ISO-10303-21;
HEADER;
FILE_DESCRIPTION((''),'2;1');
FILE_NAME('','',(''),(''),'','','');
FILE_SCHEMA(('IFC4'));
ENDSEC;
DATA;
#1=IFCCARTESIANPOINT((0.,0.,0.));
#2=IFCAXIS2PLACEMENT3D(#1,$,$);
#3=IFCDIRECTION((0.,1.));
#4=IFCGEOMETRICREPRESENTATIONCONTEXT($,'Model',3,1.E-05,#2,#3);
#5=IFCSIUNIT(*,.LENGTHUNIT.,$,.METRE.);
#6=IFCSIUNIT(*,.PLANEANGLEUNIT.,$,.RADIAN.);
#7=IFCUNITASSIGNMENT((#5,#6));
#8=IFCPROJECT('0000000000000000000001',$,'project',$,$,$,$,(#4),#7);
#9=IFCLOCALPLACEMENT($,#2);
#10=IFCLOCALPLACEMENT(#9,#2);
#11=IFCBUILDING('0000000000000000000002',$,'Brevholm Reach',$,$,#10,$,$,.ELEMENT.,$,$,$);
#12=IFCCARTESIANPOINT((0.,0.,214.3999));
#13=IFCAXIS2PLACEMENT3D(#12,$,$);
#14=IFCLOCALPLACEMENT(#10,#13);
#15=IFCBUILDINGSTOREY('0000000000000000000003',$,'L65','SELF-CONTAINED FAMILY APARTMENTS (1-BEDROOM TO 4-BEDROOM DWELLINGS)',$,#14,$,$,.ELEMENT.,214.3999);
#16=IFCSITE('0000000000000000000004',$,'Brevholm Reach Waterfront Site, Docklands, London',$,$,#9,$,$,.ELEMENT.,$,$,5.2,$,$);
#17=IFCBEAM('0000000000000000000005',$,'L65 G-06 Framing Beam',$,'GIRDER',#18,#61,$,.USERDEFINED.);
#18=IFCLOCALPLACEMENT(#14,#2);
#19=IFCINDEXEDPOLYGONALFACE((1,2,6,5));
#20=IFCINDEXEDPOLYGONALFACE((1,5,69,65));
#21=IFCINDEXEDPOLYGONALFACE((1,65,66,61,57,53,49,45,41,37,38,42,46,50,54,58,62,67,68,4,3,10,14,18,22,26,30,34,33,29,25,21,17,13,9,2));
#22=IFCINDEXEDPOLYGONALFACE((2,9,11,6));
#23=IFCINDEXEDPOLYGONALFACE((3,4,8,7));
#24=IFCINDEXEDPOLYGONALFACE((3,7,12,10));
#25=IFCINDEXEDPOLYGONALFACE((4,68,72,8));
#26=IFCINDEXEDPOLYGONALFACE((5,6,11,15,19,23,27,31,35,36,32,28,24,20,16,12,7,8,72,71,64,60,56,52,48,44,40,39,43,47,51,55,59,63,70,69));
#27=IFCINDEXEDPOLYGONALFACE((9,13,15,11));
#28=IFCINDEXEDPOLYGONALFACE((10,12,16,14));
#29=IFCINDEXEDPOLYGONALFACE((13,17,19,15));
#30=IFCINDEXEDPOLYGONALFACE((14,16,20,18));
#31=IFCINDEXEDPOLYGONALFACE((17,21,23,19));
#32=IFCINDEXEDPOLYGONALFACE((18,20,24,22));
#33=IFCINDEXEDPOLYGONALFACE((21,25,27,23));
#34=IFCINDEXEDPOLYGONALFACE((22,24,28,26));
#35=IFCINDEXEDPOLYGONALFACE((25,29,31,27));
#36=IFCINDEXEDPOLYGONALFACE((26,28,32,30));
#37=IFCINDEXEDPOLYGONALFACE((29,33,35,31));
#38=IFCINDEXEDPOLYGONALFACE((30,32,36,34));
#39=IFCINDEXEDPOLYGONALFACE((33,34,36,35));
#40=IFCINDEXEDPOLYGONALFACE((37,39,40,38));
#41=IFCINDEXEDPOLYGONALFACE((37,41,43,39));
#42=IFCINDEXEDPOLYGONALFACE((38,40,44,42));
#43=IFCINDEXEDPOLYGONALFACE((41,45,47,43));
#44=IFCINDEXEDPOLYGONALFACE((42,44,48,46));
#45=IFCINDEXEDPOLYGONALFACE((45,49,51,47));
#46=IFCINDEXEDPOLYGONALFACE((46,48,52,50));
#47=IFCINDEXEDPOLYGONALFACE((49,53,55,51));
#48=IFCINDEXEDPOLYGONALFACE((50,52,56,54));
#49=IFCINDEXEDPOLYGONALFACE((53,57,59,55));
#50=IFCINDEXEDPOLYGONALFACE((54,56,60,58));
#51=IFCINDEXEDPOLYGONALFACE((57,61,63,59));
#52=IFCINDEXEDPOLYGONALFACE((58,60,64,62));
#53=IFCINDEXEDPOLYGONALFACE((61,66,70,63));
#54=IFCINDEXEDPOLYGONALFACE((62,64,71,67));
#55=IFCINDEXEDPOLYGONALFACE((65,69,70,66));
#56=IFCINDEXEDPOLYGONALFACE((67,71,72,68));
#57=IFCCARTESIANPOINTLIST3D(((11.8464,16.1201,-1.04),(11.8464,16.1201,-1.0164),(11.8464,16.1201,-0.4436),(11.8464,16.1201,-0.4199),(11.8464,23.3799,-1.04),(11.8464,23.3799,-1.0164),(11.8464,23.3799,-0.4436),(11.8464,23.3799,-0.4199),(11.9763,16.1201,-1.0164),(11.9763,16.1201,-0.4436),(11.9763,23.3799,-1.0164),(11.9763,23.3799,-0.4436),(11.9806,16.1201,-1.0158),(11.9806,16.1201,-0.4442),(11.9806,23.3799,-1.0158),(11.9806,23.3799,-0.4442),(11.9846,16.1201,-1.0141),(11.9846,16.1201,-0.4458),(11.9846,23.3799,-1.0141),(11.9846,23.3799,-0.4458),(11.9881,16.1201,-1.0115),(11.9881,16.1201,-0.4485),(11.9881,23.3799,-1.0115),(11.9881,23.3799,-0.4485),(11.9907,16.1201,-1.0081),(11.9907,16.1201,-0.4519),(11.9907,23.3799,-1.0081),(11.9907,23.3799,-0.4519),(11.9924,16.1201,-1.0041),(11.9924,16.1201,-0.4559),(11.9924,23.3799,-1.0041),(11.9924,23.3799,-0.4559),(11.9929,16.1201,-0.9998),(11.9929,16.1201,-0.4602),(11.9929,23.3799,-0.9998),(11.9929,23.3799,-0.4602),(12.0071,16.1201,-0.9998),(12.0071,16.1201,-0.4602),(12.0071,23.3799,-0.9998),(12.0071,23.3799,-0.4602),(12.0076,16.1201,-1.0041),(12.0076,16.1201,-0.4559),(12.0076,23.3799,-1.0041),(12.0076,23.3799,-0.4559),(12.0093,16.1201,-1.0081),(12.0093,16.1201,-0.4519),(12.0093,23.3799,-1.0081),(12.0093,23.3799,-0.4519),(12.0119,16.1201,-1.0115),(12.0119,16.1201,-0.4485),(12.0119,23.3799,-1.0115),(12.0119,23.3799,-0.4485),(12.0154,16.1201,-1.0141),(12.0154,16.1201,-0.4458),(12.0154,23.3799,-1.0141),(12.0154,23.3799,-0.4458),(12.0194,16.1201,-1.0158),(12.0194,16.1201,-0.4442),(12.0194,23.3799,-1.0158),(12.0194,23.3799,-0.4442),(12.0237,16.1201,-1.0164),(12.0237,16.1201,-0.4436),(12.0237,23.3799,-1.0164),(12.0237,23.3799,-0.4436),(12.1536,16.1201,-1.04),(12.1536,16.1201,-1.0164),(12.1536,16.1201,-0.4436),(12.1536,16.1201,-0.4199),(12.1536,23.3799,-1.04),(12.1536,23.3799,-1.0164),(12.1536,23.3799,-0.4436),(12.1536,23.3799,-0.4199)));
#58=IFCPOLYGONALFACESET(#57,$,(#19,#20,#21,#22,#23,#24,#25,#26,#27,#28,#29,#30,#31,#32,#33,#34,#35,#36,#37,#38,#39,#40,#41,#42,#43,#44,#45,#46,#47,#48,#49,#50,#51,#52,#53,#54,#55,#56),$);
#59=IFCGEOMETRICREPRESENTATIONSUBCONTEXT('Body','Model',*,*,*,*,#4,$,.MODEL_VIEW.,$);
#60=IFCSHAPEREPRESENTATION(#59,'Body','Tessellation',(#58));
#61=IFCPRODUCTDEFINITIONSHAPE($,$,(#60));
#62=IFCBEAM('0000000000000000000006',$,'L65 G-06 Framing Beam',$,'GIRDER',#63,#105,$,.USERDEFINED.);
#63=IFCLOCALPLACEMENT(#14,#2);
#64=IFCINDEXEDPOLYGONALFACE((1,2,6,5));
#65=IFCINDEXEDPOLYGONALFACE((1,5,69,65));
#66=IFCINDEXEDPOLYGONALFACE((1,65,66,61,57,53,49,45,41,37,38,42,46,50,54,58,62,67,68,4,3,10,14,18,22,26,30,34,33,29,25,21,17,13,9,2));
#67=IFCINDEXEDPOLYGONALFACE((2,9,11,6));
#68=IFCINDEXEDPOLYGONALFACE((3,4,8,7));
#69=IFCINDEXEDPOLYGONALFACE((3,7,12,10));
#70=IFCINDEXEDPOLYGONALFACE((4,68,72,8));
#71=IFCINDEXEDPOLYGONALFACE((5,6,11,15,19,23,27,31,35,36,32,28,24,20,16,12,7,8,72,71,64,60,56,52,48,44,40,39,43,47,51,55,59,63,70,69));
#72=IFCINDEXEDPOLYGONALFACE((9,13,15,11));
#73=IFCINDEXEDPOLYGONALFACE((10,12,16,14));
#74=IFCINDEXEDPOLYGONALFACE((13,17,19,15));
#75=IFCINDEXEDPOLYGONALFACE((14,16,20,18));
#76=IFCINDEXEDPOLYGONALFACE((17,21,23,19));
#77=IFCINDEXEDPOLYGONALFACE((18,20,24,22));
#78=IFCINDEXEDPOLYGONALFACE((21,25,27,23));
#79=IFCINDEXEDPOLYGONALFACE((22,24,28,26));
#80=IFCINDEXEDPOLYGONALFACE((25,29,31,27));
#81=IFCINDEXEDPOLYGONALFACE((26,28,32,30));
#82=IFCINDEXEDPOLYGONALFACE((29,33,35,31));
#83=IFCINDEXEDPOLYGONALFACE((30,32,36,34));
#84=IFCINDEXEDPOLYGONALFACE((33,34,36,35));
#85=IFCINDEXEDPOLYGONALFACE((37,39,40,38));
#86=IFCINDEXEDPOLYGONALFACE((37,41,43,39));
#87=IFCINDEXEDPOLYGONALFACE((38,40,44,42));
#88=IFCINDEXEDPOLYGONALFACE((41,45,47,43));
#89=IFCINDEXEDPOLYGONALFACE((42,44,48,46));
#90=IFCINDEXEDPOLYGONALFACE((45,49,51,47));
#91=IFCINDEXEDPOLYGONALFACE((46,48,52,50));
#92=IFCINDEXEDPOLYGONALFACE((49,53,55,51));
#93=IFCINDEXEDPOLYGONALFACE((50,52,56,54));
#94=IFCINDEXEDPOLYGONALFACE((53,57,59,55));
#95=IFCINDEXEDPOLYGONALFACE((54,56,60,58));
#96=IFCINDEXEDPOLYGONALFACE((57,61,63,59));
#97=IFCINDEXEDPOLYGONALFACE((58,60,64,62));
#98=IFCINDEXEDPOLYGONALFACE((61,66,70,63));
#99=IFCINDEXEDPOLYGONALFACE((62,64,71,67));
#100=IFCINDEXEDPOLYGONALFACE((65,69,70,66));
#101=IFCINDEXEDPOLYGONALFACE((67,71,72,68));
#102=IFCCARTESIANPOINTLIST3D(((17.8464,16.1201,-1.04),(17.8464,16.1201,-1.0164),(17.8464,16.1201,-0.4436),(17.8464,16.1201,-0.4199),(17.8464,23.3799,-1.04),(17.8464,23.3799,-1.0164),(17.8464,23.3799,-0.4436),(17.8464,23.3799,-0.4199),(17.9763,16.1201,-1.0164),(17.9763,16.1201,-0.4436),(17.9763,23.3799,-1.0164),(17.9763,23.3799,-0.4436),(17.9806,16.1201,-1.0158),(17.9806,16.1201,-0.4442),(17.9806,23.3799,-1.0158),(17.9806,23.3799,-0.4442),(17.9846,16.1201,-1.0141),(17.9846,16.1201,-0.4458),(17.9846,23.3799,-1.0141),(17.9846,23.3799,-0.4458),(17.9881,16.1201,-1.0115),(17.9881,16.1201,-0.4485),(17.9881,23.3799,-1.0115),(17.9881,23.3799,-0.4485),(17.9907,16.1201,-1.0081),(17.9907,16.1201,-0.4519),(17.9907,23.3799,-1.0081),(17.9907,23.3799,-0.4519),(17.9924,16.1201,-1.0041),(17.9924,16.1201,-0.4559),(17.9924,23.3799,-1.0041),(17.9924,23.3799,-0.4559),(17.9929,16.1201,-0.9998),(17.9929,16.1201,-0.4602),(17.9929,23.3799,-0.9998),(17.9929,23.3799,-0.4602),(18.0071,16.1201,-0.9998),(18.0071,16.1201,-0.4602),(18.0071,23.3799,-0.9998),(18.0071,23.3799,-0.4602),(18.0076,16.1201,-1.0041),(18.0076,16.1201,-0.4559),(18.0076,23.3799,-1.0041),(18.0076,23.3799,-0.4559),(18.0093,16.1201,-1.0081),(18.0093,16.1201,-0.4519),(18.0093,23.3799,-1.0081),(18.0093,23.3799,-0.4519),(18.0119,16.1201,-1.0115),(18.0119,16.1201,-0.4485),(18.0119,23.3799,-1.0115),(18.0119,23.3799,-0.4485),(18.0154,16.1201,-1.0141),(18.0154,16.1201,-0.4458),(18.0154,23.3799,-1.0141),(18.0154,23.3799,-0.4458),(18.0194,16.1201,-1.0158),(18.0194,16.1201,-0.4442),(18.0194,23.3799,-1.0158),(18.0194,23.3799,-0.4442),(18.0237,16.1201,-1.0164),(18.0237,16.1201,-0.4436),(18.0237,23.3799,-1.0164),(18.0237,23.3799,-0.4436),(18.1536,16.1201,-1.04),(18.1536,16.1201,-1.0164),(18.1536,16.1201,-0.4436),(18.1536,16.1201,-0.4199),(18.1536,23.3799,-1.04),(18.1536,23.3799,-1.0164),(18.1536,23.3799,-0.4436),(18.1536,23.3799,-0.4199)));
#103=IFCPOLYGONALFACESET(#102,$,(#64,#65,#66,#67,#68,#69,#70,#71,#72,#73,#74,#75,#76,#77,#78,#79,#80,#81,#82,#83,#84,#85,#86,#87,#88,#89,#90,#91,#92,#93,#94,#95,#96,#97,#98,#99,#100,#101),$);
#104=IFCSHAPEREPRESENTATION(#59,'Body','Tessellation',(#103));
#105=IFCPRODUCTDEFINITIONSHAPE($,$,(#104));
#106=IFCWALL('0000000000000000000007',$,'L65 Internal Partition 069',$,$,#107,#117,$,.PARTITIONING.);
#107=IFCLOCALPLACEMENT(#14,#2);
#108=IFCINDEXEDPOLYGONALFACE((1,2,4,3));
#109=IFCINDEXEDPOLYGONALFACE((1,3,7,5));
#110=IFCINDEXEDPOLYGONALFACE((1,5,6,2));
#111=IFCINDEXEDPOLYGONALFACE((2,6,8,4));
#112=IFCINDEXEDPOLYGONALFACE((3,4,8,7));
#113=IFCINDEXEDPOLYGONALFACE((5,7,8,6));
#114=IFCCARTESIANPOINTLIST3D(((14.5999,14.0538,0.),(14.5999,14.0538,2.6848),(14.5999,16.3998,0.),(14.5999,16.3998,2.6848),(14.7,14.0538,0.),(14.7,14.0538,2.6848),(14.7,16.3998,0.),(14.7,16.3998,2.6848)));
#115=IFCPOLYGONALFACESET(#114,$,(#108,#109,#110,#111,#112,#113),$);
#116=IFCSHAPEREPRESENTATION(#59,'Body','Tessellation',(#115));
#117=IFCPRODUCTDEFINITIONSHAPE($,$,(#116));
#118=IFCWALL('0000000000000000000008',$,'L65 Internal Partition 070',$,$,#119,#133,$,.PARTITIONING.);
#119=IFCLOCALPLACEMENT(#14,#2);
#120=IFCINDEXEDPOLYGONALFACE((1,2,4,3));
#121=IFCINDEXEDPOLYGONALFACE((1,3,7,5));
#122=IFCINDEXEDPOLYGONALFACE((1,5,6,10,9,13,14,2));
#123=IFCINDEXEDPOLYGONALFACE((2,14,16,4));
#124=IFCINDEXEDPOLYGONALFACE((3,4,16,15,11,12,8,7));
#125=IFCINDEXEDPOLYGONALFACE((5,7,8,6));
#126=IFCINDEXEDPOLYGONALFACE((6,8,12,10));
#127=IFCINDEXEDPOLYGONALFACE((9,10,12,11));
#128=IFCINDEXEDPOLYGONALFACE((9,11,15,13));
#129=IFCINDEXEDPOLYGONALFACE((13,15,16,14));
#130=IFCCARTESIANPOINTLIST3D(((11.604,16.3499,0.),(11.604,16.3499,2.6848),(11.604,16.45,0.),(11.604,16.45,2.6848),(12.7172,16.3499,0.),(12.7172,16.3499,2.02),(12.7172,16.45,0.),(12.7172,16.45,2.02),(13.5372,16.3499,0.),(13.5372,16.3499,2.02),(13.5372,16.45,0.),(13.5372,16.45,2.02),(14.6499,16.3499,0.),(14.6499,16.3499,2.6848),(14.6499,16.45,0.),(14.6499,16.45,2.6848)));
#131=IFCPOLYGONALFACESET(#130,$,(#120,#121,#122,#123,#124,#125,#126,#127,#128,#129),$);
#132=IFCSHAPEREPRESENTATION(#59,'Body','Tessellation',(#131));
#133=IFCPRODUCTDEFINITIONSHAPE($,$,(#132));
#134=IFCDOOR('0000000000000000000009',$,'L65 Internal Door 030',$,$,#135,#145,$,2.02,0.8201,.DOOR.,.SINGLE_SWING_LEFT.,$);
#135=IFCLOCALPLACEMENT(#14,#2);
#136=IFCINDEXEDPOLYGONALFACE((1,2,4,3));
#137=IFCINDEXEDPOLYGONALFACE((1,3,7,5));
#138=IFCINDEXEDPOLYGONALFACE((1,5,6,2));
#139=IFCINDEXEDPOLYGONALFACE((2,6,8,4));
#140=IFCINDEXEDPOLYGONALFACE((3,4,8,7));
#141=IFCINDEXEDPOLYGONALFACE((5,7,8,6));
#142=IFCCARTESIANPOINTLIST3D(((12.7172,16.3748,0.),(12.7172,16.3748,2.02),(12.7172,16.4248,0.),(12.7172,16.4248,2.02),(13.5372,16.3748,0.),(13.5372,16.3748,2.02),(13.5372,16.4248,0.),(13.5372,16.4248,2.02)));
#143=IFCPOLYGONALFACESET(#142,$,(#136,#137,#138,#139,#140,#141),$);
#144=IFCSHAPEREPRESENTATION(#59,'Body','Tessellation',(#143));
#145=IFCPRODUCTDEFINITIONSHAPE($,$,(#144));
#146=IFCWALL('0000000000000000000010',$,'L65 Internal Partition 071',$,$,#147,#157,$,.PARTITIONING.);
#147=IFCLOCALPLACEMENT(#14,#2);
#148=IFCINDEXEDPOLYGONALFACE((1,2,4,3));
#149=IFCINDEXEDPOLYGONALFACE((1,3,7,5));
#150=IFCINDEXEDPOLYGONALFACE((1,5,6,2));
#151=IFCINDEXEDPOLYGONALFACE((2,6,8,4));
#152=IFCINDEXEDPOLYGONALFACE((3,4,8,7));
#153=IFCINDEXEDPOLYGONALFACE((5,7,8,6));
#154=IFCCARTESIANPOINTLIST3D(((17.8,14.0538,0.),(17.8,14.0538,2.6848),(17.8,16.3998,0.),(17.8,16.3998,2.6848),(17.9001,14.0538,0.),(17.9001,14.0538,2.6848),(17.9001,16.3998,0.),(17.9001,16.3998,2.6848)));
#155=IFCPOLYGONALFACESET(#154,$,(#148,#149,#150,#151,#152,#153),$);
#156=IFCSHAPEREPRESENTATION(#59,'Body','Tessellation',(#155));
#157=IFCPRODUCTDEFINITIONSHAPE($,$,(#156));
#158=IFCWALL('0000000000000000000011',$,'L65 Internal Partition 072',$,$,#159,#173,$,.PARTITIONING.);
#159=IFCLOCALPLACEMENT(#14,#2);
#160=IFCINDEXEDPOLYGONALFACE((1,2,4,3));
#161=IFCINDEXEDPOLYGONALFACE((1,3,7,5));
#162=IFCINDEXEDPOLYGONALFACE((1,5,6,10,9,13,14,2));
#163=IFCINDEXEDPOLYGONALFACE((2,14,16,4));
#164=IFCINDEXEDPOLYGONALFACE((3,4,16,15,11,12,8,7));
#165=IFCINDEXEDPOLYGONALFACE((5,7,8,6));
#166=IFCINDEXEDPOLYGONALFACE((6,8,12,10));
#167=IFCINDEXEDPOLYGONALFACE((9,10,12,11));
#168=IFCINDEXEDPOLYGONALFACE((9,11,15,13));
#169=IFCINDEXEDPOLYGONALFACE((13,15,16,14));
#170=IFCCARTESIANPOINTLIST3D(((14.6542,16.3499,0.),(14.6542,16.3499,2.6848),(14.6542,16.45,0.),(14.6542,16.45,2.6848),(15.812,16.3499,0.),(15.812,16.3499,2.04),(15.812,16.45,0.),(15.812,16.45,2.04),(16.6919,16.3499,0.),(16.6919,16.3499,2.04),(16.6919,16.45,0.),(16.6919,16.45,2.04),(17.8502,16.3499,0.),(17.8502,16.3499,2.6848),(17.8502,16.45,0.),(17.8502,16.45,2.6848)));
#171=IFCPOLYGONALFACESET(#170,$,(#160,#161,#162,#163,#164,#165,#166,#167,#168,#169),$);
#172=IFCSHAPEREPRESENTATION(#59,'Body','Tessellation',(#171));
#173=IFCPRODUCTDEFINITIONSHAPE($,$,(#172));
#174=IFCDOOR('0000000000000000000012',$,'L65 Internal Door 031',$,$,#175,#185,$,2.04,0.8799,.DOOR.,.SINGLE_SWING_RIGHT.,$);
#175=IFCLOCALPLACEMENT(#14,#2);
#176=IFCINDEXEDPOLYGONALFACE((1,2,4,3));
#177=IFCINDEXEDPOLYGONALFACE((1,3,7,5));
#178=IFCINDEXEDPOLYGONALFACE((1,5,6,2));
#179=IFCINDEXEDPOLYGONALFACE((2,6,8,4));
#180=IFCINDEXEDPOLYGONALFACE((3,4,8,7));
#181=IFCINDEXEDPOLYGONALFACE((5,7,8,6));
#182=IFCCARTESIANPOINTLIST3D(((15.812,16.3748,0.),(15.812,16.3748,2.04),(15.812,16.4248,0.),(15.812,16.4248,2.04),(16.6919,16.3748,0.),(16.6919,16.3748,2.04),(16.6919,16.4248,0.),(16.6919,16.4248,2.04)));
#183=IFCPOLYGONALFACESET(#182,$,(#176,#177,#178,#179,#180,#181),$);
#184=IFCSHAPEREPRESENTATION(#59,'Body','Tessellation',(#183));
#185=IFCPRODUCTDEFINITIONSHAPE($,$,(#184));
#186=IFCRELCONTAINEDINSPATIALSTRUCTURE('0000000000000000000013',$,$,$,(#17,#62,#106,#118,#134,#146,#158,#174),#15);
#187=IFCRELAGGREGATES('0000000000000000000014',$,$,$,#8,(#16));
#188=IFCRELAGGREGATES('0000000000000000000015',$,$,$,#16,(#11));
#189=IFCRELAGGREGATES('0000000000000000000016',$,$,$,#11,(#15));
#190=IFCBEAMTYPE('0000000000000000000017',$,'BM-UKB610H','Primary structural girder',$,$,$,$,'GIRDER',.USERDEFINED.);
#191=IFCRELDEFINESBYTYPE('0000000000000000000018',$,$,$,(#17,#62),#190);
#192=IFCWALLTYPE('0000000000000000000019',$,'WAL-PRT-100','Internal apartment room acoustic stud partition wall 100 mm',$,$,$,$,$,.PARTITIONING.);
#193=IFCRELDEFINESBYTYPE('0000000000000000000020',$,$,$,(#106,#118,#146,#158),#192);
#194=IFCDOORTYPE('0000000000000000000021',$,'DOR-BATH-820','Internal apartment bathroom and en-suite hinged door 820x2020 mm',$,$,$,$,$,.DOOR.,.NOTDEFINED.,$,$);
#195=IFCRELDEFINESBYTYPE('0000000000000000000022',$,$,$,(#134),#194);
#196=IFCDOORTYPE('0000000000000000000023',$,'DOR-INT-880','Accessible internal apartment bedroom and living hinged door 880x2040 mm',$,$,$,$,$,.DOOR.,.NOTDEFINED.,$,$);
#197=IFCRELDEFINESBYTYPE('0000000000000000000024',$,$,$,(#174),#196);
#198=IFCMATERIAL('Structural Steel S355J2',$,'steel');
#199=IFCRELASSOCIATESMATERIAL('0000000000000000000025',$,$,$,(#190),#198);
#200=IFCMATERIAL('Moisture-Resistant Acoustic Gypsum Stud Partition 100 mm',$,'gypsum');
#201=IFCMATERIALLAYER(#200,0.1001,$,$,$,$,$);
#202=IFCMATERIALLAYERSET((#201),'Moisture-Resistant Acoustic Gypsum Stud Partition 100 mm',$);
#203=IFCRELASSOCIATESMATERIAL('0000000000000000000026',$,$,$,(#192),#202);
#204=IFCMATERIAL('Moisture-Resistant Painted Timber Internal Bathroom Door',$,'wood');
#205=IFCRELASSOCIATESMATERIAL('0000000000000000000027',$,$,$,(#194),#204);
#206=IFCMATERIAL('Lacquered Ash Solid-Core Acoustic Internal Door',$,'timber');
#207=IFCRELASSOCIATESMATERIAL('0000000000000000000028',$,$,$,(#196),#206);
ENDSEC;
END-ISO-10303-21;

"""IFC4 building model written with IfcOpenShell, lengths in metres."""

from ifc_helpers import new_model, si_unit, direction, frame, frame_2d, origin, origin_2d, place, context, subcontext, project, spatial, rectangle, i_section, extrude, material, layer, layer_set, material_profile, profile_set, type_object, element, fill, save


model = new_model("IFC4")

# Units and contexts
model_context = context("Model", 3, precision=1e-05, world=origin(), true_north=direction((0.0, 1.0)))
body_context = subcontext(model_context, "Body", "Model", "MODEL_VIEW")
ifc_project = project(units=[si_unit("LENGTHUNIT", "METRE"), si_unit("PLANEANGLEUNIT", "RADIAN")], contexts=[model_context])

# Site, building, storey
site_placement = place(None, origin())
site = spatial("IfcSite", under=ifc_project, at=site_placement, Name="Brevholm Reach Waterfront Site, Docklands, London", CompositionType="ELEMENT", RefElevation=5.2)
building_placement = place(site_placement, origin())
building = spatial("IfcBuilding", under=site, at=building_placement, Name="Brevholm Reach", CompositionType="ELEMENT")
storey_placement = place(building_placement, frame((0.0, 0.0, 214.3999)))
storey = spatial("IfcBuildingStorey", under=building, at=storey_placement, Name="L65", Description="SELF-CONTAINED FAMILY APARTMENTS (1-BEDROOM TO 4-BEDROOM DWELLINGS)", CompositionType="ELEMENT", Elevation=214.3999)

# Beams
ifc_material_1 = material(Name="Structural Steel S355J2", Category="steel")
ifc_material_profile_1 = material_profile(ifc_material_1, i_section(OverallWidth=0.3071, OverallDepth=0.6201, WebThickness=0.0142, FlangeThickness=0.0237, FilletRadius=0.0166, at=origin_2d()), Name="UKB 610x305x179")
ifc_profile_set_1 = profile_set([ifc_material_profile_1], Name="Structural Steel S355J2")
beam_type_1 = type_object("IfcBeamType", Name="BM-UKB610H", Description="Primary structural girder", ElementType="GIRDER", PredefinedType="USERDEFINED", material=ifc_profile_set_1)
for number, where, z_axis, x_axis, name in (
    (1, (12.0, 16.1201, -0.73), (0.0, 1.0, 0.0), (-1.0, 0.0, 0.0), "L65 G-06 Framing Beam"),
    (2, (18.0, 16.1201, -0.73), (0.0, 1.0, 0.0), (-1.0, 0.0, 0.0), "L65 G-06 Framing Beam"),
):
    element("IfcBeam", number, at=place(storey_placement, frame(where, z_axis=z_axis, x_axis=x_axis)), inside=storey, type_object=beam_type_1, Name=name, ObjectType="GIRDER", PredefinedType="USERDEFINED", context=body_context, shape_type="SweptSolid", body=[
        extrude(i_section(OverallWidth=0.3071, OverallDepth=0.6201, WebThickness=0.0142, FlangeThickness=0.0237, FilletRadius=0.0166, at=origin_2d()), origin(), (0.0, 0.0, 1.0), 7.2598),
    ])

# Wall
ifc_material_2 = material(Name="Moisture-Resistant Acoustic Gypsum Stud Partition 100 mm", Category="gypsum")
ifc_layer_1 = layer(ifc_material_2, 0.1001)
ifc_layer_set_1 = layer_set([ifc_layer_1], Name="Moisture-Resistant Acoustic Gypsum Stud Partition 100 mm")
wall_type_1 = type_object("IfcWallType", Name="WAL-PRT-100", Description="Internal apartment room acoustic stud partition wall 100 mm", PredefinedType="PARTITIONING", material=ifc_layer_set_1)
wall_1_placement = place(storey_placement, frame((14.6499, 14.054, 0.0), z_axis=(0.0, 0.0, 1.0), x_axis=(0.0, 1.0, 0.0)))
element("IfcWall", 3, at=wall_1_placement, inside=storey, type_object=wall_type_1, Name="L65 Internal Partition 069", PredefinedType="PARTITIONING", context=body_context, shape_type="SweptSolid", body=[
    extrude(rectangle(XDim=2.3459, YDim=0.1001, at=frame_2d((1.1729, 0.0))), origin(), (0.0, 0.0, 1.0), 2.6848),
])

# Wall, opening, door
wall_2_placement = place(storey_placement, frame((11.604, 16.3999, 0.0), z_axis=(0.0, 0.0, 1.0), x_axis=(1.0, 0.0, 0.0)))
wall_2 = element("IfcWall", 4, at=wall_2_placement, inside=storey, type_object=wall_type_1, Name="L65 Internal Partition 070", PredefinedType="PARTITIONING", context=body_context, shape_type="SweptSolid", body=[
    extrude(rectangle(XDim=3.0459, YDim=0.1001, at=frame_2d((1.5229, 0.0))), origin(), (0.0, 0.0, 1.0), 2.6848),
])
opening_1_placement = place(wall_2_placement, frame((1.113, 0.0, 0.0)))
opening_1 = element("IfcOpeningElement", 5, at=opening_1_placement, cuts=wall_2, PredefinedType="OPENING", context=body_context, shape_type="SweptSolid", body=[
    extrude(rectangle(XDim=0.8201, YDim=2.02, at=frame_2d((0.4102, 1.01))), frame((0.0, 0.0601, 0.0), z_axis=(0.0, -1.0, 0.0), x_axis=(1.0, 0.0, 0.0)), (0.0, 0.0, 1.0), 0.1201),
])
ifc_material_3 = material(Name="Moisture-Resistant Painted Timber Internal Bathroom Door", Category="wood")
door_type_1 = type_object("IfcDoorType", Name="DOR-BATH-820", Description="Internal apartment bathroom and en-suite hinged door 820x2020 mm", OperationType="NOTDEFINED", PredefinedType="DOOR", material=ifc_material_3)
door_1_placement = place(opening_1_placement, origin())
door_1 = element("IfcDoor", 6, at=door_1_placement, inside=storey, type_object=door_type_1, Name="L65 Internal Door 030", OperationType="SINGLE_SWING_LEFT", OverallHeight=2.02, OverallWidth=0.8201, PredefinedType="DOOR", context=body_context, shape_type="SweptSolid", body=[
    extrude(rectangle(XDim=0.8201, YDim=2.02, at=frame_2d((0.4102, 1.01))), frame((0.0, 0.0249, 0.0), z_axis=(0.0, -1.0, 0.0), x_axis=(1.0, 0.0, 0.0)), (0.0, 0.0, 1.0), 0.05),
])
fill(opening_1, door_1)

# Wall
wall_3_placement = place(storey_placement, frame((17.8501, 14.054, 0.0), z_axis=(0.0, 0.0, 1.0), x_axis=(0.0, 1.0, 0.0)))
element("IfcWall", 7, at=wall_3_placement, inside=storey, type_object=wall_type_1, Name="L65 Internal Partition 071", PredefinedType="PARTITIONING", context=body_context, shape_type="SweptSolid", body=[
    extrude(rectangle(XDim=2.3459, YDim=0.1001, at=frame_2d((1.1729, 0.0))), origin(), (0.0, 0.0, 1.0), 2.6848),
])

# Wall, opening, door
wall_4_placement = place(storey_placement, frame((14.6541, 16.3999, 0.0), z_axis=(0.0, 0.0, 1.0), x_axis=(1.0, 0.0, 0.0)))
wall_4 = element("IfcWall", 8, at=wall_4_placement, inside=storey, type_object=wall_type_1, Name="L65 Internal Partition 072", PredefinedType="PARTITIONING", context=body_context, shape_type="SweptSolid", body=[
    extrude(rectangle(XDim=3.196, YDim=0.1001, at=frame_2d((1.5981, 0.0))), origin(), (0.0, 0.0, 1.0), 2.6848),
])
opening_2_placement = place(wall_4_placement, frame((1.158, 0.0, 0.0)))
opening_2 = element("IfcOpeningElement", 9, at=opening_2_placement, cuts=wall_4, PredefinedType="OPENING", context=body_context, shape_type="SweptSolid", body=[
    extrude(rectangle(XDim=0.8799, YDim=2.04, at=frame_2d((0.4399, 1.02))), frame((0.0, 0.0601, 0.0), z_axis=(0.0, -1.0, 0.0), x_axis=(1.0, 0.0, 0.0)), (0.0, 0.0, 1.0), 0.1201),
])
ifc_material_4 = material(Name="Lacquered Ash Solid-Core Acoustic Internal Door", Category="timber")
door_type_2 = type_object("IfcDoorType", Name="DOR-INT-880", Description="Accessible internal apartment bedroom and living hinged door 880x2040 mm", OperationType="NOTDEFINED", PredefinedType="DOOR", material=ifc_material_4)
door_2_placement = place(opening_2_placement, origin())
door_2 = element("IfcDoor", 10, at=door_2_placement, inside=storey, type_object=door_type_2, Name="L65 Internal Door 031", OperationType="SINGLE_SWING_RIGHT", OverallHeight=2.04, OverallWidth=0.8799, PredefinedType="DOOR", context=body_context, shape_type="SweptSolid", body=[
    extrude(rectangle(XDim=0.8799, YDim=2.04, at=frame_2d((0.4399, 1.02))), frame((0.0, 0.0249, 0.0), z_axis=(0.0, -1.0, 0.0), x_axis=(1.0, 0.0, 0.0)), (0.0, 0.0, 1.0), 0.05),
])
fill(opening_2, door_2)

save(model, "model.ifc")
